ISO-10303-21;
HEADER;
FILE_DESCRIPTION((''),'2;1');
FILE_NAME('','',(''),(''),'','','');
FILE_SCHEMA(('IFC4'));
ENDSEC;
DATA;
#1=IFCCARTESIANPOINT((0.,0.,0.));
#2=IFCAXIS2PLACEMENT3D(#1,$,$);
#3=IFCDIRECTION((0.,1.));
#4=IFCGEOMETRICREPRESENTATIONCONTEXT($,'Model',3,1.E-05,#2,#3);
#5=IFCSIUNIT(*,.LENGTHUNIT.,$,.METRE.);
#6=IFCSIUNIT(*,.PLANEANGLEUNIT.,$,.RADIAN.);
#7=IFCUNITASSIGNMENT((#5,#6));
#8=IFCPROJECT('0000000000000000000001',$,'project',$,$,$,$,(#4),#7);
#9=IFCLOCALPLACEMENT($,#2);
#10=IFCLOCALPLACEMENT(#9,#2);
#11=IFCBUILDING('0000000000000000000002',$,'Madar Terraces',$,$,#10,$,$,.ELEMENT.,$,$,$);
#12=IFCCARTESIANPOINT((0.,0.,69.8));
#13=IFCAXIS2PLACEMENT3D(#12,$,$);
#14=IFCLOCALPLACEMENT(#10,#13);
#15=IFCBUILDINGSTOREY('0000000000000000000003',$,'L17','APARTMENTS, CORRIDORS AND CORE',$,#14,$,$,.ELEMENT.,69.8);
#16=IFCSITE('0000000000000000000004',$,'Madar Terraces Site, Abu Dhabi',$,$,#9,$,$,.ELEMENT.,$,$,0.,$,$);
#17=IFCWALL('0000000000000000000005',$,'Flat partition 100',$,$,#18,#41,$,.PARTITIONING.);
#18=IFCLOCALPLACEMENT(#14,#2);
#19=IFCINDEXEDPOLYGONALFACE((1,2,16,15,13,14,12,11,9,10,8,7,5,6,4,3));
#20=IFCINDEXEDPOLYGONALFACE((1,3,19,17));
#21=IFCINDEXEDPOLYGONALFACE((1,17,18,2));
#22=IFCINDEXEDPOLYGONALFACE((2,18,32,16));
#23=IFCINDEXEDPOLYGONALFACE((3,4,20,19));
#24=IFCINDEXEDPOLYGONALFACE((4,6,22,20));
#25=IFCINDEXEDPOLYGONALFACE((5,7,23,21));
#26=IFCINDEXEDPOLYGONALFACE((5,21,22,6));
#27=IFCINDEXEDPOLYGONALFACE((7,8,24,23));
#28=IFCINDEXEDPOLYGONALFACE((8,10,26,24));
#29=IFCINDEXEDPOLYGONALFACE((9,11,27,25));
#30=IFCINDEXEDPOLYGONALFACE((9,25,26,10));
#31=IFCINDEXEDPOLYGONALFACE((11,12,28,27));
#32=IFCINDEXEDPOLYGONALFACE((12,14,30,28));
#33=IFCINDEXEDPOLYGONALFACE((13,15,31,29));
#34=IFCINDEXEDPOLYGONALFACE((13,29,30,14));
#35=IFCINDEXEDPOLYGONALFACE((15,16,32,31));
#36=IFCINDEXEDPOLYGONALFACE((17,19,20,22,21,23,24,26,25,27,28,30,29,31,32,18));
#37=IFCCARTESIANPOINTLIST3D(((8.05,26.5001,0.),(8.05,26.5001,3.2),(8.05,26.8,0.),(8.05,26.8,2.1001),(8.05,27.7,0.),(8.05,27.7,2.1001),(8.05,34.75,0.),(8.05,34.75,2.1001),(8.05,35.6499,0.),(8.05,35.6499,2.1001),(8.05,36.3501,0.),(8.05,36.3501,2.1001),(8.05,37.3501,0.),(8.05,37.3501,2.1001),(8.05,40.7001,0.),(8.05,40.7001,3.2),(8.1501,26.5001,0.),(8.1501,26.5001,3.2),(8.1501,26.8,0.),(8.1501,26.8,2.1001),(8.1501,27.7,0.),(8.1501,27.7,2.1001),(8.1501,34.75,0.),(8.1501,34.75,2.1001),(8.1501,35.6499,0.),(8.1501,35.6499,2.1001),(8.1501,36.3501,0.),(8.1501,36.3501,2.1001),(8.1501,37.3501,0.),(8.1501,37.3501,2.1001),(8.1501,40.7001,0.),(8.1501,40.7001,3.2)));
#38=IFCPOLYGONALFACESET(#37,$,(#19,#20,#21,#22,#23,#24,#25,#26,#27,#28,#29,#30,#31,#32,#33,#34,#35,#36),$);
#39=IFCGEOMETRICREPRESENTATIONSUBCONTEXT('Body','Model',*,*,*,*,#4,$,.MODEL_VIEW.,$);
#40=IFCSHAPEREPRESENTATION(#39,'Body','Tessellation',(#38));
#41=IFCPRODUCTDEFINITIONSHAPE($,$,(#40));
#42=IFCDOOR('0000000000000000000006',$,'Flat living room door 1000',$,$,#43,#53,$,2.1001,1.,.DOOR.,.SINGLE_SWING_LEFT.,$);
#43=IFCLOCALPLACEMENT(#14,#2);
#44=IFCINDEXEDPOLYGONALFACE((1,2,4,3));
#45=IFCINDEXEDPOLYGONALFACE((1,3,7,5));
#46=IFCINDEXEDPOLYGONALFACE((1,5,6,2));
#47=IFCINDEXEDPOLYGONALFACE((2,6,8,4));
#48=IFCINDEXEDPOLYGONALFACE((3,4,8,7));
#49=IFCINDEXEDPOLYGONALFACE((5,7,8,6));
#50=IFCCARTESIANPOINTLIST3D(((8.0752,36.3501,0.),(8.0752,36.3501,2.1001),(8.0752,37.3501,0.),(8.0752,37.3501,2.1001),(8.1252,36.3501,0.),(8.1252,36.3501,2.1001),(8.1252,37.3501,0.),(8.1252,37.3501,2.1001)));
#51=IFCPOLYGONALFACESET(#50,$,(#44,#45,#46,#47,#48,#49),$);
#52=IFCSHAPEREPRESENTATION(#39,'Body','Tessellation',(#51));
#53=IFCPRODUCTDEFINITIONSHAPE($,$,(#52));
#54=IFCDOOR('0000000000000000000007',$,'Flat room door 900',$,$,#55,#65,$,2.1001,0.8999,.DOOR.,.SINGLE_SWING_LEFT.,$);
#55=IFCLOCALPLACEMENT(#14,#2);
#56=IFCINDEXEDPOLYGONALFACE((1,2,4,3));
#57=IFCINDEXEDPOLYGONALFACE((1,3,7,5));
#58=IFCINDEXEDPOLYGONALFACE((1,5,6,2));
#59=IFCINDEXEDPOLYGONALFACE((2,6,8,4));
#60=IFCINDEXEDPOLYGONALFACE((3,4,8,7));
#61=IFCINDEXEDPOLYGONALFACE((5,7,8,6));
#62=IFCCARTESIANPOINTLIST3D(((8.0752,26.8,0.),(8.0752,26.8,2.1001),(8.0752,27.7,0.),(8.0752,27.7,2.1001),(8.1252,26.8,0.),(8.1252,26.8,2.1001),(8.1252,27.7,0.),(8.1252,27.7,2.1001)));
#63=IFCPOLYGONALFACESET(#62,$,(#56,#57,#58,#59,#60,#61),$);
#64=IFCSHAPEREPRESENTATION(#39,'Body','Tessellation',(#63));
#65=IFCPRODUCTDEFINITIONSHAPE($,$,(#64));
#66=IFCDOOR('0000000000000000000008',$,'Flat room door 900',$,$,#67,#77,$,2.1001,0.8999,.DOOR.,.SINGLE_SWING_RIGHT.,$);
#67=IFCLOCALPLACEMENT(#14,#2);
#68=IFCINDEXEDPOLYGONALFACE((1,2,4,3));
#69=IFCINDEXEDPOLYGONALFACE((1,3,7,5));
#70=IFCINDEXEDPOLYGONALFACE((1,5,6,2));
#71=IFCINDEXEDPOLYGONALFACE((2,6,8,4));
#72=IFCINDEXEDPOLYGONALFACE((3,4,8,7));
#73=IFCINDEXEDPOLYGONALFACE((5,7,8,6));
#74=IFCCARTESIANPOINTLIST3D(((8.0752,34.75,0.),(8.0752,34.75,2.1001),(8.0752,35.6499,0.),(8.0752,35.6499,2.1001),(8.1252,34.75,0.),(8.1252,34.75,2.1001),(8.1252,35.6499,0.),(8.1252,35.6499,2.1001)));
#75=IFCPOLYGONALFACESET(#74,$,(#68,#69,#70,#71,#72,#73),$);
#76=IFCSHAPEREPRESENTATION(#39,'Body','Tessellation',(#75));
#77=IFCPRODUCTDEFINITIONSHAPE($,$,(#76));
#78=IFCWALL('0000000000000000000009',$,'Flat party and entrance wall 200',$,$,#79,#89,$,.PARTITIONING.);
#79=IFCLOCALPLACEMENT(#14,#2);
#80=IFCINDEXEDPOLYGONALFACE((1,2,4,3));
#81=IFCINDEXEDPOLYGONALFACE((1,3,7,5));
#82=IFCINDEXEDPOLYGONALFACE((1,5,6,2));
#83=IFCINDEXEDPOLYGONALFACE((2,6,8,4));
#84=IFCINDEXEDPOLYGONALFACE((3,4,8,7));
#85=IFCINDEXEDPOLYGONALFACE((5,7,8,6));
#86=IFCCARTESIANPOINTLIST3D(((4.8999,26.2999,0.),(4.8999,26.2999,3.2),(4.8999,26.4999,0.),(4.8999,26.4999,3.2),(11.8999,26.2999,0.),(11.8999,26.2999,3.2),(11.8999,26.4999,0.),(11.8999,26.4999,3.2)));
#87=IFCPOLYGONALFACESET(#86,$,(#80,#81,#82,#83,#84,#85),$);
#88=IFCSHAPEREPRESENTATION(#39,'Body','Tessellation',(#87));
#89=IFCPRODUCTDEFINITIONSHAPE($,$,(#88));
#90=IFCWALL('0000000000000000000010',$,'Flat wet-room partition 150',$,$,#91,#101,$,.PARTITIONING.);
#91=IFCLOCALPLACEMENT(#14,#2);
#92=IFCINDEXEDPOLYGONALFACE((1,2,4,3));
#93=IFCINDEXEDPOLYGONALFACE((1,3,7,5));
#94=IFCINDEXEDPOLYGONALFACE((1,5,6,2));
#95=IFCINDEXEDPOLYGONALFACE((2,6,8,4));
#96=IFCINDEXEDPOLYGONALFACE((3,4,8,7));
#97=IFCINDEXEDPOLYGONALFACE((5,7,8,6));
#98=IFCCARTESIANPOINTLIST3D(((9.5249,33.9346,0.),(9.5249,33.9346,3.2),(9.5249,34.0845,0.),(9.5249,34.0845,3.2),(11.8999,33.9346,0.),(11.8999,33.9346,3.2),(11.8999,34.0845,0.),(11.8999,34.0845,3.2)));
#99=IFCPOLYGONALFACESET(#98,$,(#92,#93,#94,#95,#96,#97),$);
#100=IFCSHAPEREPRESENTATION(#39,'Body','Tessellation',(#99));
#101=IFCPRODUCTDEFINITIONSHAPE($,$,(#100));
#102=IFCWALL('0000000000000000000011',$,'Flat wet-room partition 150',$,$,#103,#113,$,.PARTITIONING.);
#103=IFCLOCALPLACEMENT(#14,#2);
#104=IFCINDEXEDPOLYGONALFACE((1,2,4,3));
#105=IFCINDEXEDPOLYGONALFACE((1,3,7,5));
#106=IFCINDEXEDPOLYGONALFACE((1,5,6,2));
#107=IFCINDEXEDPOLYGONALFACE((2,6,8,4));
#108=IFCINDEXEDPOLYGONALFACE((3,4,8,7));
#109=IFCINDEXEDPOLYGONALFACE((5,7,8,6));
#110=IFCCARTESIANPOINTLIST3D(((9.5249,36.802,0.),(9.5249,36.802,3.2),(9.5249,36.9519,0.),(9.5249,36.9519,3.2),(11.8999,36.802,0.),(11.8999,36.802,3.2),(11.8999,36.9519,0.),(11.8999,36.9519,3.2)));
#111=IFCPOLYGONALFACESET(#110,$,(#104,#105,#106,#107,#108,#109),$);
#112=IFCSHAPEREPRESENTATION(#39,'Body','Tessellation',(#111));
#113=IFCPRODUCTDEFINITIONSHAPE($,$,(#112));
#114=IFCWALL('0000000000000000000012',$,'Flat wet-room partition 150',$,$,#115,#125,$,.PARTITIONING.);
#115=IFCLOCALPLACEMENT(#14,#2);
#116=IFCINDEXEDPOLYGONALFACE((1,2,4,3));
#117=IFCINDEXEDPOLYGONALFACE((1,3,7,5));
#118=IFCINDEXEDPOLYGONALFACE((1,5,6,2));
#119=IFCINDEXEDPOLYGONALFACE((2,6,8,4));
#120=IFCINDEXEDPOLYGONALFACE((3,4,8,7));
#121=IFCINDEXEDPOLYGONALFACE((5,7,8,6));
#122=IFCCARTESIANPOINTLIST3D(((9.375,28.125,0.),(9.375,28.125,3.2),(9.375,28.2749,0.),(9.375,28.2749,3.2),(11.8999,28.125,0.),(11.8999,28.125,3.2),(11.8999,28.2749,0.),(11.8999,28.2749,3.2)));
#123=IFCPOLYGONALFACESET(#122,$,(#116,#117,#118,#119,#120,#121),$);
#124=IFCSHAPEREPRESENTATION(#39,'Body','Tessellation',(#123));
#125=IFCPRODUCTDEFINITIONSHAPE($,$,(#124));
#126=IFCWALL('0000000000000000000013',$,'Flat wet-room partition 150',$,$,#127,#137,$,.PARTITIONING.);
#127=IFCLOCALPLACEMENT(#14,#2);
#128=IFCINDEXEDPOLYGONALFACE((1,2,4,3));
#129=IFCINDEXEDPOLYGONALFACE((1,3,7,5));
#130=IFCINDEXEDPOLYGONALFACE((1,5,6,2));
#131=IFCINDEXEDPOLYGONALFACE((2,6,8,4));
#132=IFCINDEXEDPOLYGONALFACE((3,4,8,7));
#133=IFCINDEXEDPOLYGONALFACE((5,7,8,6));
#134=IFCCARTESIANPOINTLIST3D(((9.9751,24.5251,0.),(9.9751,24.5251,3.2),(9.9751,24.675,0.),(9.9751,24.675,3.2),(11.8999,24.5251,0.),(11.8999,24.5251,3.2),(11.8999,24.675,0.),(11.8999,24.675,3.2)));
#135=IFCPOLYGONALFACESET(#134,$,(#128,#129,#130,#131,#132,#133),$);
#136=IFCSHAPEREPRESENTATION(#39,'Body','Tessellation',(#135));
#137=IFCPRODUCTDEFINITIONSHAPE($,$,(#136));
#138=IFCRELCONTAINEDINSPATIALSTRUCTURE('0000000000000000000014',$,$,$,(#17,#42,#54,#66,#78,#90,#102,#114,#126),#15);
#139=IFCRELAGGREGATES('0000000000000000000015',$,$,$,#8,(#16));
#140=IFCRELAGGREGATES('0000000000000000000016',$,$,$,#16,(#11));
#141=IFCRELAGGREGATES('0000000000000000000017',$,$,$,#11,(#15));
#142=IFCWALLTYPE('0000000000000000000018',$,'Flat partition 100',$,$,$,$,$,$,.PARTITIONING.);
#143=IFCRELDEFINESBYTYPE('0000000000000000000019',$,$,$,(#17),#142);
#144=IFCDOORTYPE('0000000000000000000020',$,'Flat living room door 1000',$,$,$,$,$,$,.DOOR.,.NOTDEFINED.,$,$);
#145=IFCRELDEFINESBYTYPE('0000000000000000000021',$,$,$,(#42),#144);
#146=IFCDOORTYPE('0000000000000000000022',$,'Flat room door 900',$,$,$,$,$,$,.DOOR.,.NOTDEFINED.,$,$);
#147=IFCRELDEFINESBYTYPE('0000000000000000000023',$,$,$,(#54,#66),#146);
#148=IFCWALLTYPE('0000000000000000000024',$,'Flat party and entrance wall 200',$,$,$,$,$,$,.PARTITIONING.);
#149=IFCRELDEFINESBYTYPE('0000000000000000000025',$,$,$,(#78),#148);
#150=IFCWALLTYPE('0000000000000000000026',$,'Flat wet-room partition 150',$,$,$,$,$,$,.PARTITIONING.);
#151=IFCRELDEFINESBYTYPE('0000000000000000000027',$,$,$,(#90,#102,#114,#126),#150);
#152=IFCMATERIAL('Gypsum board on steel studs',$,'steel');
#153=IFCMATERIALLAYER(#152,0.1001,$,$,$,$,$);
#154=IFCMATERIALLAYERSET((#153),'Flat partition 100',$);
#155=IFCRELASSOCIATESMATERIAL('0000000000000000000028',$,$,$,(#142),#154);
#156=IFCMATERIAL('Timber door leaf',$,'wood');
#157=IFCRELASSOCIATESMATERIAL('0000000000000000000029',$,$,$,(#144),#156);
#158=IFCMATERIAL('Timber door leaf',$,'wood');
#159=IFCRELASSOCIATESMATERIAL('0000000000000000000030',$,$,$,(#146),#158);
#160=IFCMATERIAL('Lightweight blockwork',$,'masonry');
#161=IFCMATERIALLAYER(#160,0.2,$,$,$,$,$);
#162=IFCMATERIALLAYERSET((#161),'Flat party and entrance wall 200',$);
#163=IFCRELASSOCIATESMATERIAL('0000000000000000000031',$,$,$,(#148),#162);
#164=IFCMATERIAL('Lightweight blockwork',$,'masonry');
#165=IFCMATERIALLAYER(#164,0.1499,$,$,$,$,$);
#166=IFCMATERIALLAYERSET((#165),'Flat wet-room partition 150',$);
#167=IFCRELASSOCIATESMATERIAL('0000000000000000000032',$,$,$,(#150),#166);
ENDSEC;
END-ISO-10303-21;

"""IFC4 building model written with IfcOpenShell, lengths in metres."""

from ifc_helpers import new_model, si_unit, direction, frame, frame_2d, origin, place, context, subcontext, project, spatial, rectangle, extrude, material, layer, layer_set, type_object, element, fill, save


model = new_model("IFC4")

# Units and contexts
model_context = context("Model", 3, precision=1e-05, world=origin(), true_north=direction((0.0, 1.0)))
body_context = subcontext(model_context, "Body", "Model", "MODEL_VIEW")
ifc_project = project(units=[si_unit("LENGTHUNIT", "METRE"), si_unit("PLANEANGLEUNIT", "RADIAN")], contexts=[model_context])

# Site, building, storey
site_placement = place(None, origin())
site = spatial("IfcSite", under=ifc_project, at=site_placement, Name="Madar Terraces Site, Abu Dhabi", CompositionType="ELEMENT", RefElevation=0.0)
building_placement = place(site_placement, origin())
building = spatial("IfcBuilding", under=site, at=building_placement, Name="Madar Terraces", CompositionType="ELEMENT")
storey_placement = place(building_placement, frame((0.0, 0.0, 69.8)))
storey = spatial("IfcBuildingStorey", under=building, at=storey_placement, Name="L17", Description="APARTMENTS, CORRIDORS AND CORE", CompositionType="ELEMENT", Elevation=69.8)

# Shared definitions
ifc_material_1 = material(Name="Gypsum board on steel studs", Category="steel")
ifc_layer_1 = layer(ifc_material_1, 0.1001)
ifc_layer_set_1 = layer_set([ifc_layer_1], Name="Flat partition 100")
wall_type_1 = type_object("IfcWallType", Name="Flat partition 100", PredefinedType="PARTITIONING", material=ifc_layer_set_1)

# Wall, openings, doors
wall_1_placement = place(storey_placement, frame((8.1001, 26.5, 0.0), z_axis=(0.0, 0.0, 1.0), x_axis=(0.0, 1.0, 0.0)))
wall_1 = element("IfcWall", 1, at=wall_1_placement, inside=storey, type_object=wall_type_1, Name="Flat partition 100", PredefinedType="PARTITIONING", context=body_context, shape_type="SweptSolid", body=[
    extrude(rectangle(XDim=14.2, YDim=0.1001, at=frame_2d((7.1001, 0.0))), origin(), (0.0, 0.0, 1.0), 3.2),
])
opening_1_placement = place(wall_1_placement, frame((0.3, 0.0, 0.0)))
opening_1 = element("IfcOpeningElement", 2, at=opening_1_placement, cuts=wall_1, PredefinedType="OPENING", context=body_context, shape_type="SweptSolid", body=[
    extrude(rectangle(XDim=0.8999, YDim=2.1001, at=frame_2d((0.45, 1.05))), frame((0.0, 0.0601, 0.0), z_axis=(0.0, -1.0, 0.0), x_axis=(1.0, 0.0, 0.0)), (0.0, 0.0, 1.0), 0.1201),
])
opening_2_placement = place(wall_1_placement, frame((8.25, 0.0, 0.0)))
opening_2 = element("IfcOpeningElement", 3, at=opening_2_placement, cuts=wall_1, PredefinedType="OPENING", context=body_context, shape_type="SweptSolid", body=[
    extrude(rectangle(XDim=0.8999, YDim=2.1001, at=frame_2d((0.45, 1.05))), frame((0.0, 0.0601, 0.0), z_axis=(0.0, -1.0, 0.0), x_axis=(1.0, 0.0, 0.0)), (0.0, 0.0, 1.0), 0.1201),
])
opening_3_placement = place(wall_1_placement, frame((9.8501, 0.0, 0.0)))
opening_3 = element("IfcOpeningElement", 4, at=opening_3_placement, cuts=wall_1, PredefinedType="OPENING", context=body_context, shape_type="SweptSolid", body=[
    extrude(rectangle(XDim=1.0, YDim=2.1001, at=frame_2d((0.5, 1.05))), frame((0.0, 0.0601, 0.0), z_axis=(0.0, -1.0, 0.0), x_axis=(1.0, 0.0, 0.0)), (0.0, 0.0, 1.0), 0.1201),
])
ifc_material_2 = material(Name="Timber door leaf", Category="wood")
door_type_1 = type_object("IfcDoorType", Name="Flat living room door 1000", OperationType="NOTDEFINED", PredefinedType="DOOR", material=ifc_material_2)
door_1_placement = place(opening_3_placement, origin())
door_1 = element("IfcDoor", 5, at=door_1_placement, inside=storey, type_object=door_type_1, Name="Flat living room door 1000", OperationType="SINGLE_SWING_LEFT", OverallHeight=2.1001, OverallWidth=1.0, PredefinedType="DOOR", context=body_context, shape_type="SweptSolid", body=[
    extrude(rectangle(XDim=1.0, YDim=2.1001, at=frame_2d((0.5, 1.05))), frame((0.0, 0.0249, 0.0), z_axis=(0.0, -1.0, 0.0), x_axis=(1.0, 0.0, 0.0)), (0.0, 0.0, 1.0), 0.05),
])
fill(opening_3, door_1)
ifc_material_3 = material(Name="Timber door leaf", Category="wood")
door_type_2 = type_object("IfcDoorType", Name="Flat room door 900", OperationType="NOTDEFINED", PredefinedType="DOOR", material=ifc_material_3)
door_2_placement = place(opening_1_placement, origin())
door_2 = element("IfcDoor", 6, at=door_2_placement, inside=storey, type_object=door_type_2, Name="Flat room door 900", OperationType="SINGLE_SWING_LEFT", OverallHeight=2.1001, OverallWidth=0.8999, PredefinedType="DOOR", context=body_context, shape_type="SweptSolid", body=[
    extrude(rectangle(XDim=0.8999, YDim=2.1001, at=frame_2d((0.45, 1.05))), frame((0.0, 0.0249, 0.0), z_axis=(0.0, -1.0, 0.0), x_axis=(1.0, 0.0, 0.0)), (0.0, 0.0, 1.0), 0.05),
])
fill(opening_1, door_2)
door_3_placement = place(opening_2_placement, origin())
door_3 = element("IfcDoor", 7, at=door_3_placement, inside=storey, type_object=door_type_2, Name="Flat room door 900", OperationType="SINGLE_SWING_RIGHT", OverallHeight=2.1001, OverallWidth=0.8999, PredefinedType="DOOR", context=body_context, shape_type="SweptSolid", body=[
    extrude(rectangle(XDim=0.8999, YDim=2.1001, at=frame_2d((0.45, 1.05))), frame((0.0, 0.0249, 0.0), z_axis=(0.0, -1.0, 0.0), x_axis=(1.0, 0.0, 0.0)), (0.0, 0.0, 1.0), 0.05),
])
fill(opening_2, door_3)

# Walls
ifc_material_4 = material(Name="Lightweight blockwork", Category="masonry")
ifc_layer_2 = layer(ifc_material_4, 0.2)
ifc_layer_set_2 = layer_set([ifc_layer_2], Name="Flat party and entrance wall 200")
wall_type_2 = type_object("IfcWallType", Name="Flat party and entrance wall 200", PredefinedType="PARTITIONING", material=ifc_layer_set_2)
wall_2_placement = place(storey_placement, frame((4.8999, 26.3999, 0.0), z_axis=(0.0, 0.0, 1.0), x_axis=(1.0, 0.0, 0.0)))
element("IfcWall", 8, at=wall_2_placement, inside=storey, type_object=wall_type_2, Name="Flat party and entrance wall 200", PredefinedType="PARTITIONING", context=body_context, shape_type="SweptSolid", body=[
    extrude(rectangle(XDim=7.0, YDim=0.2, at=frame_2d((3.5, 0.0))), origin(), (0.0, 0.0, 1.0), 3.2),
])
ifc_material_5 = material(Name="Lightweight blockwork", Category="masonry")
ifc_layer_3 = layer(ifc_material_5, 0.1499)
ifc_layer_set_3 = layer_set([ifc_layer_3], Name="Flat wet-room partition 150")
wall_type_3 = type_object("IfcWallType", Name="Flat wet-room partition 150", PredefinedType="PARTITIONING", material=ifc_layer_set_3)
for number, where, z_axis, x_axis, name in (
    (9, (11.8999, 34.0095, 0.0), (0.0, 0.0, 1.0), (-1.0, 0.0, 0.0), "Flat wet-room partition 150"),
    (10, (11.8999, 36.877, 0.0), (0.0, 0.0, 1.0), (-1.0, 0.0, 0.0), "Flat wet-room partition 150"),
):
    element("IfcWall", number, at=place(storey_placement, frame(where, z_axis=z_axis, x_axis=x_axis)), inside=storey, type_object=wall_type_3, Name=name, PredefinedType="PARTITIONING", context=body_context, shape_type="SweptSolid", body=[
        extrude(rectangle(XDim=2.375, YDim=0.1499, at=frame_2d((1.1875, 0.0))), origin(), (0.0, 0.0, 1.0), 3.2),
    ])
wall_3_placement = place(storey_placement, frame((11.8999, 28.2, 0.0), z_axis=(0.0, 0.0, 1.0), x_axis=(-1.0, 0.0, 0.0)))
element("IfcWall", 11, at=wall_3_placement, inside=storey, type_object=wall_type_3, Name="Flat wet-room partition 150", PredefinedType="PARTITIONING", context=body_context, shape_type="SweptSolid", body=[
    extrude(rectangle(XDim=2.5249, YDim=0.1499, at=frame_2d((1.2625, 0.0))), origin(), (0.0, 0.0, 1.0), 3.2),
])
wall_4_placement = place(storey_placement, frame((11.8999, 24.6001, 0.0), z_axis=(0.0, 0.0, 1.0), x_axis=(-1.0, 0.0, 0.0)))
element("IfcWall", 12, at=wall_4_placement, inside=storey, type_object=wall_type_3, Name="Flat wet-room partition 150", PredefinedType="PARTITIONING", context=body_context, shape_type="SweptSolid", body=[
    extrude(rectangle(XDim=1.9248, YDim=0.1499, at=frame_2d((0.9624, 0.0))), origin(), (0.0, 0.0, 1.0), 3.2),
])

save(model, "model.ifc")
